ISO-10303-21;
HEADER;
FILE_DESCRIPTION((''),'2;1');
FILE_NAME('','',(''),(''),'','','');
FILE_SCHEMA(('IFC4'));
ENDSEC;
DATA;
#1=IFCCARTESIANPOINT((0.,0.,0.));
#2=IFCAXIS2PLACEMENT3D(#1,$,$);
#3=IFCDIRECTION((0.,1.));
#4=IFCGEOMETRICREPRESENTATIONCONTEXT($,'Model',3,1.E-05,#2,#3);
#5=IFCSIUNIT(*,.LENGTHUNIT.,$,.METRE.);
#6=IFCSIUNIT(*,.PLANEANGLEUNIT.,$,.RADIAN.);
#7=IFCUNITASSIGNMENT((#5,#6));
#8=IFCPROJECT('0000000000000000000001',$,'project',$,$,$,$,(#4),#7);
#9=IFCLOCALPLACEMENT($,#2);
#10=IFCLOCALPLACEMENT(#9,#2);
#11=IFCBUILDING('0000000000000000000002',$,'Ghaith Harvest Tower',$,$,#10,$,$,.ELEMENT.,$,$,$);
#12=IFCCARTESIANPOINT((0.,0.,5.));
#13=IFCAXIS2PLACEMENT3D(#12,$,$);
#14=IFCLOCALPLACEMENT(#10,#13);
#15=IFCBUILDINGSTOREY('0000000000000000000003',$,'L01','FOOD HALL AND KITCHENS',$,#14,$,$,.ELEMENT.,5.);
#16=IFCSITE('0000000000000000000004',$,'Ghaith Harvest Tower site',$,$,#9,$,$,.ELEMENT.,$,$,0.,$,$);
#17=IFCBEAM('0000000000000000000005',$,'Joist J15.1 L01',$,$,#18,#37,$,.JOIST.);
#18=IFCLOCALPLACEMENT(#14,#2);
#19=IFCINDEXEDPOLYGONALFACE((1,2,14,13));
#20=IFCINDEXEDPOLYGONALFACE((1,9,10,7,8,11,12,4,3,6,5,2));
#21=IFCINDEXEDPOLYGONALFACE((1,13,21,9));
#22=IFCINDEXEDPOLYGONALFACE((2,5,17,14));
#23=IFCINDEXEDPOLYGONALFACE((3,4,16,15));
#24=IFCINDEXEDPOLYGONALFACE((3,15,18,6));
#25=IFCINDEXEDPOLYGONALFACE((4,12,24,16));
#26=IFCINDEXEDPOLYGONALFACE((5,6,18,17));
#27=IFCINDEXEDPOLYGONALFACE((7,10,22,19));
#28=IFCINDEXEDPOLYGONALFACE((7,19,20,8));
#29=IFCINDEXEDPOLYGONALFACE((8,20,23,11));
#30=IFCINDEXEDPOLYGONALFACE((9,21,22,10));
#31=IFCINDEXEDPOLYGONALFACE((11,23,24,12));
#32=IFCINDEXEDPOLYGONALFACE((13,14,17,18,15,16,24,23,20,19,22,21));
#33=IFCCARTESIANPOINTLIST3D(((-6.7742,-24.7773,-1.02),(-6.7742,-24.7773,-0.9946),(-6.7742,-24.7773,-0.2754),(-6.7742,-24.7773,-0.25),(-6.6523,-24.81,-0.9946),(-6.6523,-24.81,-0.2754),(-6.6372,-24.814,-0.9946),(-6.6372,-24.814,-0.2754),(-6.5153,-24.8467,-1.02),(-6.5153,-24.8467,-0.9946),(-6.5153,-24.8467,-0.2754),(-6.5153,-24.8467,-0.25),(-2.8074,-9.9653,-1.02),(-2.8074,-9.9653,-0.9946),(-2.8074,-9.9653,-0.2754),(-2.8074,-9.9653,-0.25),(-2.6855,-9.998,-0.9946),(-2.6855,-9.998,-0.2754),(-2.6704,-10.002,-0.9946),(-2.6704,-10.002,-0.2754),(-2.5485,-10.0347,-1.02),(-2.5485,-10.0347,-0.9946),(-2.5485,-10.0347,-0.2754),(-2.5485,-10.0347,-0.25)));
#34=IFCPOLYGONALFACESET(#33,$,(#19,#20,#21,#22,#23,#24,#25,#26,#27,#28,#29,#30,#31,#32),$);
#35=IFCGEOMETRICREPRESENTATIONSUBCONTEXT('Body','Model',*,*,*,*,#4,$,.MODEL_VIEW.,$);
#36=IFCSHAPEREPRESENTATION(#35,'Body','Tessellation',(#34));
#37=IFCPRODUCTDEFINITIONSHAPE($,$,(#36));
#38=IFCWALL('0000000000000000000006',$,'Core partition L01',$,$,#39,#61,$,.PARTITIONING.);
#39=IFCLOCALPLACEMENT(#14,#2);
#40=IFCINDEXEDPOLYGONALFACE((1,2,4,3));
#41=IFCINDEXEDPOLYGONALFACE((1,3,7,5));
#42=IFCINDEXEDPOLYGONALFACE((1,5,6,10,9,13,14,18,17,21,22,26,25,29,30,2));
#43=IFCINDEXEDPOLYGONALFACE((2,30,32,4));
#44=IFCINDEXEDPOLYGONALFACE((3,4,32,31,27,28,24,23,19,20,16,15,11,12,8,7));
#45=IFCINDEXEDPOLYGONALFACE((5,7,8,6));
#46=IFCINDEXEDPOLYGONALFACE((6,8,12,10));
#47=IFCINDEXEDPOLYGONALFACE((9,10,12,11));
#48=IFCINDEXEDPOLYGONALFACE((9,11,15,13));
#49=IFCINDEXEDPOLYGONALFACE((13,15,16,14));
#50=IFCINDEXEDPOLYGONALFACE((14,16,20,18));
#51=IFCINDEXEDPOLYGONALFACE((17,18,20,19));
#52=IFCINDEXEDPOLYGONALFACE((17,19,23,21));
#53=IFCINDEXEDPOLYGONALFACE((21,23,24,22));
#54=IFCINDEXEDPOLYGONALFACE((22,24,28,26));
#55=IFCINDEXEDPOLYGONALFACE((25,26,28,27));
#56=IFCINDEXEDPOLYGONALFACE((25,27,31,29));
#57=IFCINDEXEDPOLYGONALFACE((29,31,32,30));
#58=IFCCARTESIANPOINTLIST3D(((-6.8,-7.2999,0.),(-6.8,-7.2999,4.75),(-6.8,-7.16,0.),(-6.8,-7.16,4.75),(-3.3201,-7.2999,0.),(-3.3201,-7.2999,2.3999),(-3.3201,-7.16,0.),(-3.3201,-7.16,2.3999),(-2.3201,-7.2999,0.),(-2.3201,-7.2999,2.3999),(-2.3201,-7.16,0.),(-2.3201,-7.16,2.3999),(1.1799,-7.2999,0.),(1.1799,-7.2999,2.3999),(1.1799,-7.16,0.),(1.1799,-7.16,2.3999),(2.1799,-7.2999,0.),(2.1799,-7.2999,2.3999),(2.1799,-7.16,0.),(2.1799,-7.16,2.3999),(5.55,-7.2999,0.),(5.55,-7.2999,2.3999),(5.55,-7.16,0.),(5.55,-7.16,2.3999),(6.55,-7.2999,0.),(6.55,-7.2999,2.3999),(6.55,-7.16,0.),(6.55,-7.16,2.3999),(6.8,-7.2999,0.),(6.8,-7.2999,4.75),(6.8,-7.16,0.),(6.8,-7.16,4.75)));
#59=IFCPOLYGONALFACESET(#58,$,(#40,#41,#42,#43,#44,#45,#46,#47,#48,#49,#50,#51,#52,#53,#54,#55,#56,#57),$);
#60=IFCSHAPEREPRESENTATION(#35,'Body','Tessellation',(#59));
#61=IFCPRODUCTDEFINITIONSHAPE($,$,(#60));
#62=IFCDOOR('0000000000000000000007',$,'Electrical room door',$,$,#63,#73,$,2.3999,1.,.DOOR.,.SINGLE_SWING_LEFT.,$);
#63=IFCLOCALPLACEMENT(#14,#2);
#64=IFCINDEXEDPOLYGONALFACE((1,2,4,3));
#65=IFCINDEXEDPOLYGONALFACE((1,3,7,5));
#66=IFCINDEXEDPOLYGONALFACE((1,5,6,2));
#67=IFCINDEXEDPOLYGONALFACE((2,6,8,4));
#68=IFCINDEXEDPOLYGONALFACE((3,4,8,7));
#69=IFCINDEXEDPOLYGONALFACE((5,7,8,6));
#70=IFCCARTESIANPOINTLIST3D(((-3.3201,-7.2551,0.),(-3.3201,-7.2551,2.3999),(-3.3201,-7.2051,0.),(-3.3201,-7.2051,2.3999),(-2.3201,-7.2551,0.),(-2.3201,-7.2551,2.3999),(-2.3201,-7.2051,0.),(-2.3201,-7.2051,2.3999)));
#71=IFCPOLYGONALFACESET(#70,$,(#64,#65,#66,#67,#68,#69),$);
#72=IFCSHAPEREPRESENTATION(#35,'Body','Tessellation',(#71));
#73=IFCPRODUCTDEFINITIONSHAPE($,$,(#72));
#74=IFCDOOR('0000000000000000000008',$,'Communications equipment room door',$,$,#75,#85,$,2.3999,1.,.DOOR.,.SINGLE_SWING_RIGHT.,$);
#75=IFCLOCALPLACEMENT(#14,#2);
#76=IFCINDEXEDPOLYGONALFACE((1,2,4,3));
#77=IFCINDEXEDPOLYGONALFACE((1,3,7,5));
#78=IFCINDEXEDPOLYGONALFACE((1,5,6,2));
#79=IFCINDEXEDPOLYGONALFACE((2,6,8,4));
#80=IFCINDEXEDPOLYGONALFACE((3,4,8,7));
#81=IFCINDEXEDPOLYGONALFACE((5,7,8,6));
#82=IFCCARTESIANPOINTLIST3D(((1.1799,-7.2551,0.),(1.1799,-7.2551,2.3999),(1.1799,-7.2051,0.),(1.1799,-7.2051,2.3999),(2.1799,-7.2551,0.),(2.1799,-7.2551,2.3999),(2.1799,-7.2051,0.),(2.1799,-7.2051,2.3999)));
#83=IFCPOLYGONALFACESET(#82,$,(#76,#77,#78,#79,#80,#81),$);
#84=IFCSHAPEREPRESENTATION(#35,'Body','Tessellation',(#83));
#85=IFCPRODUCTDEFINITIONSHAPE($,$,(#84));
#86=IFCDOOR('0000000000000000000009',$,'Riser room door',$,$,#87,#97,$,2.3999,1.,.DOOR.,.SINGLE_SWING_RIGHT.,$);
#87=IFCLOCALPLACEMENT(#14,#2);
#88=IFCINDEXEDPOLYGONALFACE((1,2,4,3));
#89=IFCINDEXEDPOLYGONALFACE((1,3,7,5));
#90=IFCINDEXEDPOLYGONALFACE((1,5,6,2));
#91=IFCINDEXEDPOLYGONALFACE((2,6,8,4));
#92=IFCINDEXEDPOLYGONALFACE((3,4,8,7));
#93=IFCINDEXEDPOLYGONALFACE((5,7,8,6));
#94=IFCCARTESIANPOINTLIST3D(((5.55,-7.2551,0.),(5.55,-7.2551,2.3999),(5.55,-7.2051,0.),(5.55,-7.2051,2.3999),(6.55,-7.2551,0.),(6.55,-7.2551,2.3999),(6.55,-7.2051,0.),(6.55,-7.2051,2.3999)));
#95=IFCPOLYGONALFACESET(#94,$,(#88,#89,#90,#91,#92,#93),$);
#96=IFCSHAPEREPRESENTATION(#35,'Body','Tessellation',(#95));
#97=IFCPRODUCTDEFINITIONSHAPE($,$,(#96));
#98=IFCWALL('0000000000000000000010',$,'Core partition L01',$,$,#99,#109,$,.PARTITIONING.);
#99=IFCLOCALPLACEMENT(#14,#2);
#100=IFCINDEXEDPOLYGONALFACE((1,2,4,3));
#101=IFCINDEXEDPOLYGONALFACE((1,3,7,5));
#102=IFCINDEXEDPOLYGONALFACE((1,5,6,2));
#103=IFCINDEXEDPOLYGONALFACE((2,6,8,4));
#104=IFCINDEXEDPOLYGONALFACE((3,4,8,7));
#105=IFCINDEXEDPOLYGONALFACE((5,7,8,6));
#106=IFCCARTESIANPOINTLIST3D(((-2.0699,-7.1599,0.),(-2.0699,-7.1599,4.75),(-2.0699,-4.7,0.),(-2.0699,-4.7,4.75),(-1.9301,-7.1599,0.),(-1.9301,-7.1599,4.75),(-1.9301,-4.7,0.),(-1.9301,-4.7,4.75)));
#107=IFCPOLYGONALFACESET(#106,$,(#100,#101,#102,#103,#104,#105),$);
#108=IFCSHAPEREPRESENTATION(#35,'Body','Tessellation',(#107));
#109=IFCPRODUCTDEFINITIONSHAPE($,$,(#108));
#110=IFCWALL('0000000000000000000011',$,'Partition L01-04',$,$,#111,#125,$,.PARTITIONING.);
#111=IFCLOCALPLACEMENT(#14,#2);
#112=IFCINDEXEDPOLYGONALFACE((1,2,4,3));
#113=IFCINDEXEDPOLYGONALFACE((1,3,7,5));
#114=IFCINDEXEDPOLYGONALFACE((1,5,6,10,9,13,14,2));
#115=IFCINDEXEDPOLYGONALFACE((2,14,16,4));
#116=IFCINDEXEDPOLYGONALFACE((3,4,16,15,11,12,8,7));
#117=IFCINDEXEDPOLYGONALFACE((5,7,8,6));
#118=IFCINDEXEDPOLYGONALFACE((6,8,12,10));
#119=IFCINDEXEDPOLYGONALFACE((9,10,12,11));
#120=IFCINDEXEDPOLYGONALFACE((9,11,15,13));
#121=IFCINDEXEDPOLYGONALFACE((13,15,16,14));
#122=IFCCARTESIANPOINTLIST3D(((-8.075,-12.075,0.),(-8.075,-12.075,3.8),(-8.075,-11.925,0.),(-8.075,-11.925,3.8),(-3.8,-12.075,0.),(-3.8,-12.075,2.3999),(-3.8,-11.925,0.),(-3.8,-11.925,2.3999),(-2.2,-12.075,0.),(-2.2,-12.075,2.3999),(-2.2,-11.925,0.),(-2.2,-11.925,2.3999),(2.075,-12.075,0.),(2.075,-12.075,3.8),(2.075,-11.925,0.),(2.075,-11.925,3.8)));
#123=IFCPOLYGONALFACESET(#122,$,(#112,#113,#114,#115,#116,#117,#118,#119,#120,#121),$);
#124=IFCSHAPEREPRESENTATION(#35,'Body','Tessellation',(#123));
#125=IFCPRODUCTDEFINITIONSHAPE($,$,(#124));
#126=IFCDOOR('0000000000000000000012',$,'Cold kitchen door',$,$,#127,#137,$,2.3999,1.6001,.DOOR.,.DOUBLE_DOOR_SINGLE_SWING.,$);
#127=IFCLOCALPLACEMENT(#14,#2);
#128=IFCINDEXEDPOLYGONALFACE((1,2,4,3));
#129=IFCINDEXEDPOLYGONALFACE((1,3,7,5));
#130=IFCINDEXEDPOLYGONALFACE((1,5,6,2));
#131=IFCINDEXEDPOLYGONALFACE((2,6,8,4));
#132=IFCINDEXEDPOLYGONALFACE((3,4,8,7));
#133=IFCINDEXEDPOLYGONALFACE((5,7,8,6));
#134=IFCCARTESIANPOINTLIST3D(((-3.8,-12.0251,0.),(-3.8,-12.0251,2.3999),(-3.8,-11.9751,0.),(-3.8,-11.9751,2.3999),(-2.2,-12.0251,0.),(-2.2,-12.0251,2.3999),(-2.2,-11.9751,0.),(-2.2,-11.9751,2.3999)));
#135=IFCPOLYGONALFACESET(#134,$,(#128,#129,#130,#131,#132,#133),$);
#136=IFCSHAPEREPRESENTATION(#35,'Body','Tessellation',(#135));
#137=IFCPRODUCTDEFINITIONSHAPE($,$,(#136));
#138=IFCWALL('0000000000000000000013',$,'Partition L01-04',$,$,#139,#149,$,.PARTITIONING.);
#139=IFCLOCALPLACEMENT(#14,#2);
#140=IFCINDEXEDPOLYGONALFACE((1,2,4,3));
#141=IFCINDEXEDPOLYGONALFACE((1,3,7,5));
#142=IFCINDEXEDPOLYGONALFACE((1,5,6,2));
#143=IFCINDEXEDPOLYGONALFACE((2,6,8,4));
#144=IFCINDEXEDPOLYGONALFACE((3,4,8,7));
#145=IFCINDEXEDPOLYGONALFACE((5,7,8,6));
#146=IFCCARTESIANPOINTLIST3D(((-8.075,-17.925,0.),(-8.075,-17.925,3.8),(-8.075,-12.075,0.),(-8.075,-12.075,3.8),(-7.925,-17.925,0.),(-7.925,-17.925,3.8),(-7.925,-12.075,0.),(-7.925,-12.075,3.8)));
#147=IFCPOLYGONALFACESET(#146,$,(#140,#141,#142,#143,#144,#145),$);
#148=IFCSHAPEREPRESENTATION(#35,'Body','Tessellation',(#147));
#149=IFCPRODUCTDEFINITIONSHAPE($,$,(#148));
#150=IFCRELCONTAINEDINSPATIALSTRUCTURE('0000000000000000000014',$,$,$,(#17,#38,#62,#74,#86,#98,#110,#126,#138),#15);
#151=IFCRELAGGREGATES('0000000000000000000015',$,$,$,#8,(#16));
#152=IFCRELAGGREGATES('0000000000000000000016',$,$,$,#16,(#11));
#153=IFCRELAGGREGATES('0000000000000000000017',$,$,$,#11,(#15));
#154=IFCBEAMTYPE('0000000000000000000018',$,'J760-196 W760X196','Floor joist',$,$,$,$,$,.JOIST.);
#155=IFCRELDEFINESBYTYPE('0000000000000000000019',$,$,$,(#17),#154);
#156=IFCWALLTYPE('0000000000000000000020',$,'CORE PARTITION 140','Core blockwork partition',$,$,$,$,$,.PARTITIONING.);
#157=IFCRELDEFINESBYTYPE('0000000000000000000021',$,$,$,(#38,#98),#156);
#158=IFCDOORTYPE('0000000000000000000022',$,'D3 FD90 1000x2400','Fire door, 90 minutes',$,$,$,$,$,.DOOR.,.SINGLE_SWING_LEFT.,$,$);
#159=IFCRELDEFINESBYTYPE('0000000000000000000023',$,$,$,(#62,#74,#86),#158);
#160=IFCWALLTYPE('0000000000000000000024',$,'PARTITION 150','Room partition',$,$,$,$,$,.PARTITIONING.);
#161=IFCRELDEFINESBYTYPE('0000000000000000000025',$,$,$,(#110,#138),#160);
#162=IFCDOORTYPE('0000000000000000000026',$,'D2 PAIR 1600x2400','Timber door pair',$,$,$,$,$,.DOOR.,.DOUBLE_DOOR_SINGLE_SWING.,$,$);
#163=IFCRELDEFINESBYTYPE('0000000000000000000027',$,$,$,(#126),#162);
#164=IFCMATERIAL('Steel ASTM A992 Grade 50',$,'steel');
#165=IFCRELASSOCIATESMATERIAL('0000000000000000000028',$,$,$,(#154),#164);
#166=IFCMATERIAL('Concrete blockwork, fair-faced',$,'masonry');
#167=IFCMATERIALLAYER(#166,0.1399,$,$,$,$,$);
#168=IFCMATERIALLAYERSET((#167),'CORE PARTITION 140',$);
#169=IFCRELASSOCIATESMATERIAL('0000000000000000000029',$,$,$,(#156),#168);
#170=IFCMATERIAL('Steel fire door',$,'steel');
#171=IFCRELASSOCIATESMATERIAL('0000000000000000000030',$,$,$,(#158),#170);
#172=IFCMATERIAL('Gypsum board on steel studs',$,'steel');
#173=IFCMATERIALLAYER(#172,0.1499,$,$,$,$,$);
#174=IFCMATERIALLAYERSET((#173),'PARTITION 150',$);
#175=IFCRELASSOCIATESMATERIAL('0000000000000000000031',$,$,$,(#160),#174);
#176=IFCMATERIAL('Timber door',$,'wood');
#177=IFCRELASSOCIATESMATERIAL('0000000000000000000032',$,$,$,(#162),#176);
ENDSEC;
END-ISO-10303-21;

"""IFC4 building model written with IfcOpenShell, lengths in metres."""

from ifc_helpers import new_model, si_unit, direction, frame, frame_2d, origin, origin_2d, place, context, subcontext, project, spatial, rectangle, i_section, extrude, material, layer, layer_set, material_profile, profile_set, type_object, element, fill, save


model = new_model("IFC4")

# Units and contexts
model_context = context("Model", 3, precision=1e-05, world=origin(), true_north=direction((0.0, 1.0)))
body_context = subcontext(model_context, "Body", "Model", "MODEL_VIEW")
ifc_project = project(units=[si_unit("LENGTHUNIT", "METRE"), si_unit("PLANEANGLEUNIT", "RADIAN")], contexts=[model_context])

# Site, building, storey
site_placement = place(None, origin())
site = spatial("IfcSite", under=ifc_project, at=site_placement, Name="Ghaith Harvest Tower site", CompositionType="ELEMENT", RefElevation=0.0)
building_placement = place(site_placement, origin())
building = spatial("IfcBuilding", under=site, at=building_placement, Name="Ghaith Harvest Tower", CompositionType="ELEMENT")
storey_placement = place(building_placement, frame((0.0, 0.0, 5.0)))
storey = spatial("IfcBuildingStorey", under=building, at=storey_placement, Name="L01", Description="FOOD HALL AND KITCHENS", CompositionType="ELEMENT", Elevation=5.0)

# Beam
ifc_material_1 = material(Name="Steel ASTM A992 Grade 50", Category="steel")
ifc_material_profile_1 = material_profile(ifc_material_1, i_section(OverallWidth=0.2681, OverallDepth=0.77, WebThickness=0.0156, FlangeThickness=0.0254, at=origin_2d()), Name="W760X196")
ifc_profile_set_1 = profile_set([ifc_material_profile_1], Name="Steel ASTM A992 Grade 50")
beam_type_1 = type_object("IfcBeamType", Name="J760-196 W760X196", Description="Floor joist", PredefinedType="JOIST", material=ifc_profile_set_1)
beam_1_placement = place(storey_placement, frame((-2.678, -10.0, -0.635), z_axis=(-0.258693, -0.96596, 0.0), x_axis=(0.96596, -0.258693, 0.0)))
element("IfcBeam", 1, at=beam_1_placement, inside=storey, type_object=beam_type_1, Name="Joist J15.1 L01", PredefinedType="JOIST", context=body_context, shape_type="SweptSolid", body=[
    extrude(i_section(OverallWidth=0.2681, OverallDepth=0.77, WebThickness=0.0156, FlangeThickness=0.0254, at=origin_2d()), origin(), (0.0, 0.0, 1.0), 15.334),
])

# Wall, openings, doors
ifc_material_2 = material(Name="Concrete blockwork, fair-faced", Category="masonry")
ifc_layer_1 = layer(ifc_material_2, 0.1399)
ifc_layer_set_1 = layer_set([ifc_layer_1], Name="CORE PARTITION 140")
wall_type_1 = type_object("IfcWallType", Name="CORE PARTITION 140", Description="Core blockwork partition", PredefinedType="PARTITIONING", material=ifc_layer_set_1)
wall_1_placement = place(storey_placement, frame((-6.8, -7.23, 0.0), z_axis=(0.0, 0.0, 1.0), x_axis=(1.0, 0.0, 0.0)))
wall_1 = element("IfcWall", 2, at=wall_1_placement, inside=storey, type_object=wall_type_1, Name="Core partition L01", PredefinedType="PARTITIONING", context=body_context, shape_type="SweptSolid", body=[
    extrude(rectangle(XDim=13.6001, YDim=0.1399, at=frame_2d((6.8, 0.0))), origin(), (0.0, 0.0, 1.0), 4.75),
])
opening_1_placement = place(wall_1_placement, frame((3.48, 0.0, 0.0)))
opening_1 = element("IfcOpeningElement", 3, at=opening_1_placement, cuts=wall_1, PredefinedType="OPENING", context=body_context, shape_type="SweptSolid", body=[
    extrude(rectangle(XDim=1.0, YDim=2.3999, at=frame_2d((0.5, 1.2))), frame((0.0, 0.0801, 0.0), z_axis=(0.0, -1.0, 0.0), x_axis=(1.0, 0.0, 0.0)), (0.0, 0.0, 1.0), 0.1599),
])
opening_2_placement = place(wall_1_placement, frame((7.98, 0.0, 0.0)))
opening_2 = element("IfcOpeningElement", 4, at=opening_2_placement, cuts=wall_1, PredefinedType="OPENING", context=body_context, shape_type="SweptSolid", body=[
    extrude(rectangle(XDim=1.0, YDim=2.3999, at=frame_2d((0.5, 1.2))), frame((0.0, 0.0801, 0.0), z_axis=(0.0, -1.0, 0.0), x_axis=(1.0, 0.0, 0.0)), (0.0, 0.0, 1.0), 0.1599),
])
opening_3_placement = place(wall_1_placement, frame((12.3501, 0.0, 0.0)))
opening_3 = element("IfcOpeningElement", 5, at=opening_3_placement, cuts=wall_1, PredefinedType="OPENING", context=body_context, shape_type="SweptSolid", body=[
    extrude(rectangle(XDim=1.0, YDim=2.3999, at=frame_2d((0.5, 1.2))), frame((0.0, 0.0801, 0.0), z_axis=(0.0, -1.0, 0.0), x_axis=(1.0, 0.0, 0.0)), (0.0, 0.0, 1.0), 0.1599),
])
ifc_material_3 = material(Name="Steel fire door", Category="steel")
door_type_1 = type_object("IfcDoorType", Name="D3 FD90 1000x2400", Description="Fire door, 90 minutes", OperationType="SINGLE_SWING_LEFT", PredefinedType="DOOR", material=ifc_material_3)
door_1_placement = place(opening_1_placement, origin())
door_1 = element("IfcDoor", 6, at=door_1_placement, inside=storey, type_object=door_type_1, Name="Electrical room door", OperationType="SINGLE_SWING_LEFT", OverallHeight=2.3999, OverallWidth=1.0, PredefinedType="DOOR", context=body_context, shape_type="SweptSolid", body=[
    extrude(rectangle(XDim=1.0, YDim=2.3999, at=frame_2d((0.5, 1.2))), frame((0.0, 0.0249, 0.0), z_axis=(0.0, -1.0, 0.0), x_axis=(1.0, 0.0, 0.0)), (0.0, 0.0, 1.0), 0.05),
])
fill(opening_1, door_1)
door_2_placement = place(opening_2_placement, origin())
door_2 = element("IfcDoor", 7, at=door_2_placement, inside=storey, type_object=door_type_1, Name="Communications equipment room door", OperationType="SINGLE_SWING_RIGHT", OverallHeight=2.3999, OverallWidth=1.0, PredefinedType="DOOR", context=body_context, shape_type="SweptSolid", body=[
    extrude(rectangle(XDim=1.0, YDim=2.3999, at=frame_2d((0.5, 1.2))), frame((0.0, 0.0249, 0.0), z_axis=(0.0, -1.0, 0.0), x_axis=(1.0, 0.0, 0.0)), (0.0, 0.0, 1.0), 0.05),
])
fill(opening_2, door_2)
door_3_placement = place(opening_3_placement, origin())
door_3 = element("IfcDoor", 8, at=door_3_placement, inside=storey, type_object=door_type_1, Name="Riser room door", OperationType="SINGLE_SWING_RIGHT", OverallHeight=2.3999, OverallWidth=1.0, PredefinedType="DOOR", context=body_context, shape_type="SweptSolid", body=[
    extrude(rectangle(XDim=1.0, YDim=2.3999, at=frame_2d((0.5, 1.2))), frame((0.0, 0.0249, 0.0), z_axis=(0.0, -1.0, 0.0), x_axis=(1.0, 0.0, 0.0)), (0.0, 0.0, 1.0), 0.05),
])
fill(opening_3, door_3)

# Wall
wall_2_placement = place(storey_placement, frame((-2.0, -4.7, 0.0), z_axis=(0.0, 0.0, 1.0), x_axis=(0.0, -1.0, 0.0)))
element("IfcWall", 9, at=wall_2_placement, inside=storey, type_object=wall_type_1, Name="Core partition L01", PredefinedType="PARTITIONING", context=body_context, shape_type="SweptSolid", body=[
    extrude(rectangle(XDim=2.46, YDim=0.1399, at=frame_2d((1.23, 0.0))), origin(), (0.0, 0.0, 1.0), 4.75),
])

# Wall, opening, door
ifc_material_4 = material(Name="Gypsum board on steel studs", Category="steel")
ifc_layer_2 = layer(ifc_material_4, 0.1499)
ifc_layer_set_2 = layer_set([ifc_layer_2], Name="PARTITION 150")
wall_type_2 = type_object("IfcWallType", Name="PARTITION 150", Description="Room partition", PredefinedType="PARTITIONING", material=ifc_layer_set_2)
wall_3_placement = place(storey_placement, frame((-8.075, -12.0, 0.0), z_axis=(0.0, 0.0, 1.0), x_axis=(1.0, 0.0, 0.0)))
wall_3 = element("IfcWall", 10, at=wall_3_placement, inside=storey, type_object=wall_type_2, Name="Partition L01-04", PredefinedType="PARTITIONING", context=body_context, shape_type="SweptSolid", body=[
    extrude(rectangle(XDim=10.1499, YDim=0.1499, at=frame_2d((5.075, 0.0))), origin(), (0.0, 0.0, 1.0), 3.8),
])
opening_4_placement = place(wall_3_placement, frame((4.2749, 0.0, 0.0)))
opening_4 = element("IfcOpeningElement", 11, at=opening_4_placement, cuts=wall_3, PredefinedType="OPENING", context=body_context, shape_type="SweptSolid", body=[
    extrude(rectangle(XDim=1.6001, YDim=2.3999, at=frame_2d((0.8, 1.2))), frame((0.0, 0.085, 0.0), z_axis=(0.0, -1.0, 0.0), x_axis=(1.0, 0.0, 0.0)), (0.0, 0.0, 1.0), 0.1699),
])
ifc_material_5 = material(Name="Timber door", Category="wood")
door_type_2 = type_object("IfcDoorType", Name="D2 PAIR 1600x2400", Description="Timber door pair", OperationType="DOUBLE_DOOR_SINGLE_SWING", PredefinedType="DOOR", material=ifc_material_5)
door_4_placement = place(opening_4_placement, origin())
door_4 = element("IfcDoor", 12, at=door_4_placement, inside=storey, type_object=door_type_2, Name="Cold kitchen door", OperationType="DOUBLE_DOOR_SINGLE_SWING", OverallHeight=2.3999, OverallWidth=1.6001, PredefinedType="DOOR", context=body_context, shape_type="SweptSolid", body=[
    extrude(rectangle(XDim=1.6001, YDim=2.3999, at=frame_2d((0.8, 1.2))), frame((0.0, 0.0249, 0.0), z_axis=(0.0, -1.0, 0.0), x_axis=(1.0, 0.0, 0.0)), (0.0, 0.0, 1.0), 0.05),
])
fill(opening_4, door_4)

# Wall
wall_4_placement = place(storey_placement, frame((-8.0, -17.925, 0.0), z_axis=(0.0, 0.0, 1.0), x_axis=(0.0, 1.0, 0.0)))
element("IfcWall", 13, at=wall_4_placement, inside=storey, type_object=wall_type_2, Name="Partition L01-04", PredefinedType="PARTITIONING", context=body_context, shape_type="SweptSolid", body=[
    extrude(rectangle(XDim=5.8501, YDim=0.1499, at=frame_2d((2.925, 0.0))), origin(), (0.0, 0.0, 1.0), 3.8),
])

save(model, "model.ifc")
